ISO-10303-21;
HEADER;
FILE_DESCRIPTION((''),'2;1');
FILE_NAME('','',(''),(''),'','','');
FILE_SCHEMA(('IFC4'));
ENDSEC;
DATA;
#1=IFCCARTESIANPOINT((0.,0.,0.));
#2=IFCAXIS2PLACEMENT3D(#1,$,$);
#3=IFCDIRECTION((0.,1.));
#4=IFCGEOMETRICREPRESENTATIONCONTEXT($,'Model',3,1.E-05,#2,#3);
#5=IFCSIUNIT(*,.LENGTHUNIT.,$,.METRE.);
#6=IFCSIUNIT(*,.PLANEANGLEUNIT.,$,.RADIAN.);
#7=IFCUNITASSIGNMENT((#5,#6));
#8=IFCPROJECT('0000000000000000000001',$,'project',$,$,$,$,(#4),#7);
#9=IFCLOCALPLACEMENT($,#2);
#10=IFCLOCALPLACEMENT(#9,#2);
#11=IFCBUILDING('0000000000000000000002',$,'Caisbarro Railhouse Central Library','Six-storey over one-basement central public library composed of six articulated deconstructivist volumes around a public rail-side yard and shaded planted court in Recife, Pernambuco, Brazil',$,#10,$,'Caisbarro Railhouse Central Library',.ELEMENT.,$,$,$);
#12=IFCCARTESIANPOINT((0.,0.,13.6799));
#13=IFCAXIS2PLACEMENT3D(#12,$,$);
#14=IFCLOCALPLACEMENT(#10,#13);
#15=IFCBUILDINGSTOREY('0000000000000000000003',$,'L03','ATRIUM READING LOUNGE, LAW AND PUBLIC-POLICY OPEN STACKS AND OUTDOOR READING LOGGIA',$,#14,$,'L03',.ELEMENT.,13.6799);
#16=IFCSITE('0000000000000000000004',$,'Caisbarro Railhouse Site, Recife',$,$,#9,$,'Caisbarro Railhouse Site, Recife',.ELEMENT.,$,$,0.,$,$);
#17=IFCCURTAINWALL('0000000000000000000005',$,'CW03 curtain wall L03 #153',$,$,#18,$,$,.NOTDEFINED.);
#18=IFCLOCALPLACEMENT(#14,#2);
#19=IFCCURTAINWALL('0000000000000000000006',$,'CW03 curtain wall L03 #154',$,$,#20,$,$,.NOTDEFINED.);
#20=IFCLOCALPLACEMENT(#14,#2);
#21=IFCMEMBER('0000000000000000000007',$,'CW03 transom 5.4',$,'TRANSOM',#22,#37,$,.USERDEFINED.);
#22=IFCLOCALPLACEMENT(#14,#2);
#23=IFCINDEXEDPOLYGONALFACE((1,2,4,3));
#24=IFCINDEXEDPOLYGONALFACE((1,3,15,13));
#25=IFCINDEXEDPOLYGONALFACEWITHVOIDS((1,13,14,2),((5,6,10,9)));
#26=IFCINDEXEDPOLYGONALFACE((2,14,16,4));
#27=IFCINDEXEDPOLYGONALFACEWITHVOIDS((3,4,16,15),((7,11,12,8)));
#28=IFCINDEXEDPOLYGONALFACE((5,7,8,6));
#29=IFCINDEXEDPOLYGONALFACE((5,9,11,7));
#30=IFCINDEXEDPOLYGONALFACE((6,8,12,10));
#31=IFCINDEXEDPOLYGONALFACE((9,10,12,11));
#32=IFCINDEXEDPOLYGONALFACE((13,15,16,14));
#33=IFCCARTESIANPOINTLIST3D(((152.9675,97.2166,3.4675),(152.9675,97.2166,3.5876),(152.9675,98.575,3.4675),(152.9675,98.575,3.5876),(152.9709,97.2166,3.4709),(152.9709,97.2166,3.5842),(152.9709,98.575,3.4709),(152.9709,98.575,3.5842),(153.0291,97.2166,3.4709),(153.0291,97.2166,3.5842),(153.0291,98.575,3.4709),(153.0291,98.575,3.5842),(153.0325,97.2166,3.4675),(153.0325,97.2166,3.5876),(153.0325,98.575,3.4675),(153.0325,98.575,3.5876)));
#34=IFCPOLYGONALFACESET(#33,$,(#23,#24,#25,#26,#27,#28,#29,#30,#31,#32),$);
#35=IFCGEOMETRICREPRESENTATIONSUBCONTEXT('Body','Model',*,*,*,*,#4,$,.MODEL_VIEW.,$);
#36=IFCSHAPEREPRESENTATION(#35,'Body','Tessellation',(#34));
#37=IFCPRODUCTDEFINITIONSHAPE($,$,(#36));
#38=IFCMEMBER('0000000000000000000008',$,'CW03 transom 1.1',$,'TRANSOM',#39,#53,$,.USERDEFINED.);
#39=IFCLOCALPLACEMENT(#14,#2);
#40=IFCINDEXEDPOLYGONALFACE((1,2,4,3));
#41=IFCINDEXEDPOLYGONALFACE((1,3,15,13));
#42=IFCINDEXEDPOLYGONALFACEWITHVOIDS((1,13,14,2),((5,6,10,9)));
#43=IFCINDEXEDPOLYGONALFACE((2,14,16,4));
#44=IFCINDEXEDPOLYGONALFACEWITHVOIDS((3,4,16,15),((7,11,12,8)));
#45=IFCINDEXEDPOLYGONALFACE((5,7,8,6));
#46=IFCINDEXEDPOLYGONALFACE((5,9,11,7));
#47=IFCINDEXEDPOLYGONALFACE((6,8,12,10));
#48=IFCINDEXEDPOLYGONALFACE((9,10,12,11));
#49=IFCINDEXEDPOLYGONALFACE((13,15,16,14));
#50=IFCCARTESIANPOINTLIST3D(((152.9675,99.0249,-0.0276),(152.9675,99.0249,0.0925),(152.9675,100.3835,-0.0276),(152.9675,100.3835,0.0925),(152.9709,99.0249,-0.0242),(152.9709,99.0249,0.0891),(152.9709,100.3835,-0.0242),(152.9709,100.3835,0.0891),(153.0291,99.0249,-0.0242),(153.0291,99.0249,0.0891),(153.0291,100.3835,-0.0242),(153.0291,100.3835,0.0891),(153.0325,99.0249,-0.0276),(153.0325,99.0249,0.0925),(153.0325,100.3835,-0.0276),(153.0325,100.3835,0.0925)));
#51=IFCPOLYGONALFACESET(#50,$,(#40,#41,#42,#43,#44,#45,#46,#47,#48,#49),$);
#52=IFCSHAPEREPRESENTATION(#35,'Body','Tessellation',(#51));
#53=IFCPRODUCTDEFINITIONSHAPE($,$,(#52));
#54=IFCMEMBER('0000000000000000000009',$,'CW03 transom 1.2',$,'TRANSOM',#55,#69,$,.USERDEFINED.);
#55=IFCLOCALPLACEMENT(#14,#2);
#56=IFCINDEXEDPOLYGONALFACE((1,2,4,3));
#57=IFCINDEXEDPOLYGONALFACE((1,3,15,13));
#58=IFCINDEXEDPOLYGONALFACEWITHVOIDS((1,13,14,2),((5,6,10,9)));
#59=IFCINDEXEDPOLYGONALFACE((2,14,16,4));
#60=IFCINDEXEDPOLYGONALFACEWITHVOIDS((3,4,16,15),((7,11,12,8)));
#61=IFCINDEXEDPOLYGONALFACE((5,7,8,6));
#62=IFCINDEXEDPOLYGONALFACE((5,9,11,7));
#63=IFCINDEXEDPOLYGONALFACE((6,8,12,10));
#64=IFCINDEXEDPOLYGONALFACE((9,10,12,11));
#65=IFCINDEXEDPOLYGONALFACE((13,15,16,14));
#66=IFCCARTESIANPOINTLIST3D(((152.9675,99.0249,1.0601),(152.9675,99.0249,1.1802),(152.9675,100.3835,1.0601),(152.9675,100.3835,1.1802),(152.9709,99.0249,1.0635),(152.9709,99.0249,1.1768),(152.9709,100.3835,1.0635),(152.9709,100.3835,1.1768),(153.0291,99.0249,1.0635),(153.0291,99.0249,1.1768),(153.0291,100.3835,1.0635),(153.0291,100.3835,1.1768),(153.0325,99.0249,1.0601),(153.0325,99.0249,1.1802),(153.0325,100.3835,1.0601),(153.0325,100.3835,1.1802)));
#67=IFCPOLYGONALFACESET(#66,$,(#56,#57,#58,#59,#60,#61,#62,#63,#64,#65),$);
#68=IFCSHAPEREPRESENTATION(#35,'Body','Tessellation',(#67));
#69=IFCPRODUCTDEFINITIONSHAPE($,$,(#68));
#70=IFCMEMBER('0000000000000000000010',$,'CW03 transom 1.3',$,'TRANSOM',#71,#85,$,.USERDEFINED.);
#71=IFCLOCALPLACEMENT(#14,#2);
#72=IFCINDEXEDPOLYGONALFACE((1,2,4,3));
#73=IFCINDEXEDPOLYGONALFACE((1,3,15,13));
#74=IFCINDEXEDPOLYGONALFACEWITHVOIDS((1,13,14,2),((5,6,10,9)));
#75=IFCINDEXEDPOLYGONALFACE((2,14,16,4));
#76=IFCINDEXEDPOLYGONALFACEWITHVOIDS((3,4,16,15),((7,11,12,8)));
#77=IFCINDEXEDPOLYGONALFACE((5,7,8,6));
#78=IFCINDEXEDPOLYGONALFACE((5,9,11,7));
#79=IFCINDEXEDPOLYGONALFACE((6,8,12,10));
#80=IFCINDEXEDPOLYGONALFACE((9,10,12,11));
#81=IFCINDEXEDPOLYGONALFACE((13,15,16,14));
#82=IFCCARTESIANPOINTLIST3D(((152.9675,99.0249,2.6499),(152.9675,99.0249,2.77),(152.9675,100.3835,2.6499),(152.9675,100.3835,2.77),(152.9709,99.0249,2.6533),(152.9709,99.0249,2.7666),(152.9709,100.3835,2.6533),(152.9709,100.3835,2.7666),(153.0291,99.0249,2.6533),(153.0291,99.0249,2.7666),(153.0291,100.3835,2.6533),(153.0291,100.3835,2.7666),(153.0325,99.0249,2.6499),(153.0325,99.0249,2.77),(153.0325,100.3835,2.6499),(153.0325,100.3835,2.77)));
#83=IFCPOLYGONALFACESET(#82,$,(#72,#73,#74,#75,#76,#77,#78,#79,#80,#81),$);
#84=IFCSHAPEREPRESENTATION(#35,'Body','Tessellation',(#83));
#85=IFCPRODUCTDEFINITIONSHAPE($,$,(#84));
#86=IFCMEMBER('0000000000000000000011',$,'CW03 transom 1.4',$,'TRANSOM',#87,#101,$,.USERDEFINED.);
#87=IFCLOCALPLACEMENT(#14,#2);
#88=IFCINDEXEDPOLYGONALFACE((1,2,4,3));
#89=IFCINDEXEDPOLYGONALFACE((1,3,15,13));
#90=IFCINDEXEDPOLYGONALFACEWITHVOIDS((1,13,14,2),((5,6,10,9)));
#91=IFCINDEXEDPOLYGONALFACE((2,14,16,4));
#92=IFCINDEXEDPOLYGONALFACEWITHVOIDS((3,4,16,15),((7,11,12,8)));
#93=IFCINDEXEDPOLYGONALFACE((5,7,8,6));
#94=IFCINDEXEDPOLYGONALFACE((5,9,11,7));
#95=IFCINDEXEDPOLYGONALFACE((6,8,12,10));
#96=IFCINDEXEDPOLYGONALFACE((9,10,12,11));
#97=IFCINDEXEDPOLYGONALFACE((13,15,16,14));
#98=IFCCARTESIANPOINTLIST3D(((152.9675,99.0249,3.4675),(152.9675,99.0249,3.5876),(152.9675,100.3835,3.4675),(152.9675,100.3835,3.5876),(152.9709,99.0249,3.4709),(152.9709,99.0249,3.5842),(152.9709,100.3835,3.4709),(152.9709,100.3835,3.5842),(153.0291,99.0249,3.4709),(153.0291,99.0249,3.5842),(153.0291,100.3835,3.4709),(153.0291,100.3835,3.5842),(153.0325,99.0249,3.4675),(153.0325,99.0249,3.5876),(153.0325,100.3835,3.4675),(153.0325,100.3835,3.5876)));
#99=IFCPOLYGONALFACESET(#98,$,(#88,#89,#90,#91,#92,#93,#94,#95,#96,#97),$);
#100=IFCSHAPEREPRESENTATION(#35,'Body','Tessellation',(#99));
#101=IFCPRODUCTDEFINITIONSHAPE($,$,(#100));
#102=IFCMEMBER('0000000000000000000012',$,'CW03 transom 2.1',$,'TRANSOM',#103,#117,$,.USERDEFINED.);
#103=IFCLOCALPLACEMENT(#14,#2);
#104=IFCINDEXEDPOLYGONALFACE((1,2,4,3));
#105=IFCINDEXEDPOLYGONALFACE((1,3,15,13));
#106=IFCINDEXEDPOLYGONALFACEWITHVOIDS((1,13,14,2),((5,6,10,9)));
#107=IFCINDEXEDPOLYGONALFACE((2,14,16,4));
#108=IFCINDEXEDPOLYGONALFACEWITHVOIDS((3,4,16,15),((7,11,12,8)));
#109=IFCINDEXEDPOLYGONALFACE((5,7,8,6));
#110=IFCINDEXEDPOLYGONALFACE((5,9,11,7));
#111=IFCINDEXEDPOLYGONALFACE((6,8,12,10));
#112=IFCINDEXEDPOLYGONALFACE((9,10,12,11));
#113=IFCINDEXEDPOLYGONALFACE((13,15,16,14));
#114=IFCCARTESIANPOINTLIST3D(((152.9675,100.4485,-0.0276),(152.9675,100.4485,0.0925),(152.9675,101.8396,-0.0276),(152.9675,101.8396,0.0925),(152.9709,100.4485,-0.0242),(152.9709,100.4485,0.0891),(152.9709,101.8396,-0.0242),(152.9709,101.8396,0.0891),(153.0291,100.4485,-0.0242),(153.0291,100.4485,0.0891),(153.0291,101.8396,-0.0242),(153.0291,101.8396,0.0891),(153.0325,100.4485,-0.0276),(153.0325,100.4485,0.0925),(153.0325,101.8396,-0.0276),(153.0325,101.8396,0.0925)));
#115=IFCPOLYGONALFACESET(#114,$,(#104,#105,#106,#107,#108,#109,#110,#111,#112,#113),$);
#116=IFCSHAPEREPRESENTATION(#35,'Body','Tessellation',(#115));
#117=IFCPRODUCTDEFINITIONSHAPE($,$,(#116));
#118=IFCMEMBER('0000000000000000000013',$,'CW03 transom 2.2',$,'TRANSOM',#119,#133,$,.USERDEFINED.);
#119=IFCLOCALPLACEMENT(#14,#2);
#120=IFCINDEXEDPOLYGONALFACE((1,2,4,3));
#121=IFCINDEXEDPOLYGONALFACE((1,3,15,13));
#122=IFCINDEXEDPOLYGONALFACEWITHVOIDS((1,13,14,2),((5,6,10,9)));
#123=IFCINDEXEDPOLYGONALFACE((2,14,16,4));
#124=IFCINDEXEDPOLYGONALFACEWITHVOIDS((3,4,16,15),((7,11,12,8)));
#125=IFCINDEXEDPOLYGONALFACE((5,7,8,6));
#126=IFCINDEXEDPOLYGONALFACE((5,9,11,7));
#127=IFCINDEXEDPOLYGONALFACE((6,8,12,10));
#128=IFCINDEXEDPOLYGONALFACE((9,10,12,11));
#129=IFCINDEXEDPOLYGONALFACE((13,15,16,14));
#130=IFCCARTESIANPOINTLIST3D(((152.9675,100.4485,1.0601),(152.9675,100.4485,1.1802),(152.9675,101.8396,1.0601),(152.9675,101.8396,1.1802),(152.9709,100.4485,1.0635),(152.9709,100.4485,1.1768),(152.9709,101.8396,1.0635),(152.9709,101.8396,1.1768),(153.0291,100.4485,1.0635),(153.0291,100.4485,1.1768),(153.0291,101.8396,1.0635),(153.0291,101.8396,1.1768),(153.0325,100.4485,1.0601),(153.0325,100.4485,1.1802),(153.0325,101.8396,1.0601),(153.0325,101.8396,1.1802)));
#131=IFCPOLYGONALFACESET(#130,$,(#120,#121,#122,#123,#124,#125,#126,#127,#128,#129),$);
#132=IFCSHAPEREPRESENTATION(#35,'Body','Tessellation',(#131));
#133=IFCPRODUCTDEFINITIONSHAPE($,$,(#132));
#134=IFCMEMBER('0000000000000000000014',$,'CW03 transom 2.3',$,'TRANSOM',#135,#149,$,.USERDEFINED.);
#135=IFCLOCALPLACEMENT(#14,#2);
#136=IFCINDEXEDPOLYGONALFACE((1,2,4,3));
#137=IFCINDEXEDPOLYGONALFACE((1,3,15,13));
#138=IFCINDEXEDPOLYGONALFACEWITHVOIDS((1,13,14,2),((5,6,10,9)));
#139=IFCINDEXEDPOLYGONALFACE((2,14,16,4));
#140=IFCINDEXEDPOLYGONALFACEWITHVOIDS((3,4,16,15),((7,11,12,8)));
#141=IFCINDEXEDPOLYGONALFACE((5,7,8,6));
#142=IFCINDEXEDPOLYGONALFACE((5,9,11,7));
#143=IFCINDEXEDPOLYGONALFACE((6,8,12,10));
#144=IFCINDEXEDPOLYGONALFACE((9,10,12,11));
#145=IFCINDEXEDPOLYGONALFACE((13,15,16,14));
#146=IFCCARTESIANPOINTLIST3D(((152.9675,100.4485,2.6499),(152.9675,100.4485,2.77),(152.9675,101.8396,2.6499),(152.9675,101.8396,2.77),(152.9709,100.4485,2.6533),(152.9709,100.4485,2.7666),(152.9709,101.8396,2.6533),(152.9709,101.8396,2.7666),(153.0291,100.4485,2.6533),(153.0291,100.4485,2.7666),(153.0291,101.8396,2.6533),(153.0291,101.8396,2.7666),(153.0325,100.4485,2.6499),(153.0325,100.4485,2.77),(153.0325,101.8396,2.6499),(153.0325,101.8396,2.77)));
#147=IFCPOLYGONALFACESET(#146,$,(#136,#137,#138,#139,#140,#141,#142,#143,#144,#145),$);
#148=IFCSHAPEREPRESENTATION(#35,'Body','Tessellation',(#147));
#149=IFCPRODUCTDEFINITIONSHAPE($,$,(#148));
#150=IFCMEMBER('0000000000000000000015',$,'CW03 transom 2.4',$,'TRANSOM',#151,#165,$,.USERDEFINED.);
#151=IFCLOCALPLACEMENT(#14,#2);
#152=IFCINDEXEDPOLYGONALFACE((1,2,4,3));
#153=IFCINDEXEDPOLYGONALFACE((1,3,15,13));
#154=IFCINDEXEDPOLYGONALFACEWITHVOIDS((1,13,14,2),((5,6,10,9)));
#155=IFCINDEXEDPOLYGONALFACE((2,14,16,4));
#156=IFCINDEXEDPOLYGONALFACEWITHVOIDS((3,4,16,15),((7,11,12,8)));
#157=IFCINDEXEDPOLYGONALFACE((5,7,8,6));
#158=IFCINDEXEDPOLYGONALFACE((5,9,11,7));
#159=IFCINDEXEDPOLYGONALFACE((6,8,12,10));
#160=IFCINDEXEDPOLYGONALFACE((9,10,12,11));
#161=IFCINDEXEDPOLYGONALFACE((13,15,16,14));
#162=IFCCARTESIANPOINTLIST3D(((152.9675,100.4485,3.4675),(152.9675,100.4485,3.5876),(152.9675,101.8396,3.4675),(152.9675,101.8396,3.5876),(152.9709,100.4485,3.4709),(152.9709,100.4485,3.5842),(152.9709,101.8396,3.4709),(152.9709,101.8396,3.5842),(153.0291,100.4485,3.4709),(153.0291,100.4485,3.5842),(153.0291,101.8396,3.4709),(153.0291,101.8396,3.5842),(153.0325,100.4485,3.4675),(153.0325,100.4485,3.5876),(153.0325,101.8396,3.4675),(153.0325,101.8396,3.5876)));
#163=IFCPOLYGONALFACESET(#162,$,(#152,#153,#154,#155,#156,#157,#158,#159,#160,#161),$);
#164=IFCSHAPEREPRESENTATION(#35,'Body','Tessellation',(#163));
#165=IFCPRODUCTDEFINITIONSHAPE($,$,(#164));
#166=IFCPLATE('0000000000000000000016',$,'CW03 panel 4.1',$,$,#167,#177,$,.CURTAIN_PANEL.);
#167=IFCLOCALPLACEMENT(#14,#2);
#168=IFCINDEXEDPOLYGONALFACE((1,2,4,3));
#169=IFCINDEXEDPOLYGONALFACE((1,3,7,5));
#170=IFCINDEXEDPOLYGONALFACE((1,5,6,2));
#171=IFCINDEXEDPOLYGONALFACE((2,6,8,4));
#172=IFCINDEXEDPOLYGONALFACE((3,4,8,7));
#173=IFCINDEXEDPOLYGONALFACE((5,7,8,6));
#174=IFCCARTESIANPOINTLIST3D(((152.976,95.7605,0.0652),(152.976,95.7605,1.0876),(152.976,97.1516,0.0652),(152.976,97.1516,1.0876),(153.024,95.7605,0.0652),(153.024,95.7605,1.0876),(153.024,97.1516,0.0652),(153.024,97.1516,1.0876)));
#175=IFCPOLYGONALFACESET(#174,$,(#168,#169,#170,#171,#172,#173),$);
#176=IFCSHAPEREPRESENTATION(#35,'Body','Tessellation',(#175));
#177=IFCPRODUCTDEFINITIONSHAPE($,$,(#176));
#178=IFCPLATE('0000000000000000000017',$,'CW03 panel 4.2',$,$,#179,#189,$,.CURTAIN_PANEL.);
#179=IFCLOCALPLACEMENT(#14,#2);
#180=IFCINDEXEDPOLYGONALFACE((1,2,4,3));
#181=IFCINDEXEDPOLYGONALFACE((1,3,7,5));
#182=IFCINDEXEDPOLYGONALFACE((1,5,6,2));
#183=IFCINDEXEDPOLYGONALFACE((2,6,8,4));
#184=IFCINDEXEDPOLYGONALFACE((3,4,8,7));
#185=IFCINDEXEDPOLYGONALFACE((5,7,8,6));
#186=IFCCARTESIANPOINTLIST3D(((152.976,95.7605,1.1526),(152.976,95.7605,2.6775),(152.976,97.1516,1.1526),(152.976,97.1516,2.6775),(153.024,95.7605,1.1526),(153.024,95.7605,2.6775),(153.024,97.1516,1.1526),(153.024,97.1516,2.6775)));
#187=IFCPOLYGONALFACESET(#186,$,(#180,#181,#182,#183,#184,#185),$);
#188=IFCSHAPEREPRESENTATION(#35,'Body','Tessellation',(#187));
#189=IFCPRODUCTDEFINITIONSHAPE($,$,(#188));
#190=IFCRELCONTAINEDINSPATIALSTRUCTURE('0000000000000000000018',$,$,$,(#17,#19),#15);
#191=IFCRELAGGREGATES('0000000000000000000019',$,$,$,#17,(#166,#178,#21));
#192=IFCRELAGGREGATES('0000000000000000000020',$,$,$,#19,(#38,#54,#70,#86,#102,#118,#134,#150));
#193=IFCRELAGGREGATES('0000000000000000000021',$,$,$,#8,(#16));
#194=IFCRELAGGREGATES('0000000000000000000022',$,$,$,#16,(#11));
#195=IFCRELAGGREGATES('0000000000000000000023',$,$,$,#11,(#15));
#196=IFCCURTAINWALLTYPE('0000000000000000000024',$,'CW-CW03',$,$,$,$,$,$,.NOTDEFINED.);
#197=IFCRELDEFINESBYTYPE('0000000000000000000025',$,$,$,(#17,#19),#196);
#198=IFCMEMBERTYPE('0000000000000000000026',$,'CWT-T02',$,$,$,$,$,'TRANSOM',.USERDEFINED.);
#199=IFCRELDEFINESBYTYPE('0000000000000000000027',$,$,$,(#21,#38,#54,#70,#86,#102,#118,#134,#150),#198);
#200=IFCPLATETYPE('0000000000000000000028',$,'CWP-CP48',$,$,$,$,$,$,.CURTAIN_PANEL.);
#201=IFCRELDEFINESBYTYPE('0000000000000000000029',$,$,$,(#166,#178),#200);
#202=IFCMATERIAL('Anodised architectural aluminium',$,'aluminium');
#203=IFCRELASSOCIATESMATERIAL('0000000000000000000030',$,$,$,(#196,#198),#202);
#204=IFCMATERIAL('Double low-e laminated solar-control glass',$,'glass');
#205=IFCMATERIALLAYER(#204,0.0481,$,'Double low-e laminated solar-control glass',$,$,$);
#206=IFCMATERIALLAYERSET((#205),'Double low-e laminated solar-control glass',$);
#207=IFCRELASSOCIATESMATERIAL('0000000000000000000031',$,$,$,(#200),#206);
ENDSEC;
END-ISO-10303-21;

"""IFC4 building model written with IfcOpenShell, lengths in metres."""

from ifc_helpers import new_model, si_unit, direction, frame, origin, origin_2d, place, context, subcontext, project, spatial, rectangle, hollow_rectangle, extrude, material, layer, layer_set, material_profile, profile_set, type_object, element, aggregate, save


model = new_model("IFC4")

# Units and contexts
model_context = context("Model", 3, precision=1e-05, world=origin(), true_north=direction((0.0, 1.0)))
body_context = subcontext(model_context, "Body", "Model", "MODEL_VIEW")
ifc_project = project(units=[si_unit("LENGTHUNIT", "METRE"), si_unit("PLANEANGLEUNIT", "RADIAN")], contexts=[model_context])

# Site, building, storey
site_placement = place(None, origin())
site = spatial("IfcSite", under=ifc_project, at=site_placement, Name="Caisbarro Railhouse Site, Recife", LongName="Caisbarro Railhouse Site, Recife", CompositionType="ELEMENT", RefElevation=0.0)
building_placement = place(site_placement, origin())
building = spatial("IfcBuilding", under=site, at=building_placement, Name="Caisbarro Railhouse Central Library", Description="Six-storey over one-basement central public library composed of six articulated deconstructivist volumes around a public rail-side yard and shaded planted court in Recife, Pernambuco, Brazil", LongName="Caisbarro Railhouse Central Library", CompositionType="ELEMENT")
storey_placement = place(building_placement, frame((0.0, 0.0, 13.6799)))
storey = spatial("IfcBuildingStorey", under=building, at=storey_placement, Name="L03", Description="ATRIUM READING LOUNGE, LAW AND PUBLIC-POLICY OPEN STACKS AND OUTDOOR READING LOGGIA", LongName="L03", CompositionType="ELEMENT", Elevation=13.6799)

# Curtain walls
ifc_material_1 = material(Name="Anodised architectural aluminium", Category="aluminium")
curtain_wall_type = type_object("IfcCurtainWallType", Name="CW-CW03", PredefinedType="NOTDEFINED", material=ifc_material_1)
curtain_wall_1_placement = place(storey_placement, origin())
curtain_wall_1 = element("IfcCurtainWall", 1, at=curtain_wall_1_placement, inside=storey, type_object=curtain_wall_type, Name="CW03 curtain wall L03 #153", PredefinedType="NOTDEFINED")
curtain_wall_2_placement = place(storey_placement, origin())
curtain_wall_2 = element("IfcCurtainWall", 2, at=curtain_wall_2_placement, inside=storey, type_object=curtain_wall_type, Name="CW03 curtain wall L03 #154", PredefinedType="NOTDEFINED")

# Members
ifc_material_profile_1 = material_profile(ifc_material_1, hollow_rectangle(XDim=0.0649, YDim=0.1201, WallThickness=0.0034, at=origin_2d()), Name="ALU-TRN-65X120")
ifc_profile_set_1 = profile_set([ifc_material_profile_1], Name="Anodised architectural aluminium")
member_type_1 = type_object("IfcMemberType", Name="CWT-T02", ElementType="TRANSOM", PredefinedType="USERDEFINED", material=ifc_profile_set_1)
member_1_placement = place(storey_placement, frame((153.0, 97.2166, 3.5276), z_axis=(0.0, 1.0, 0.0), x_axis=(-1.0, 0.0, 0.0)))
member_1 = element("IfcMember", 3, at=member_1_placement, type_object=member_type_1, Name="CW03 transom 5.4", ObjectType="TRANSOM", PredefinedType="USERDEFINED", context=body_context, shape_type="SweptSolid", body=[
    extrude(hollow_rectangle(XDim=0.0649, YDim=0.1201, WallThickness=0.0034, at=origin_2d()), origin(), (0.0, 0.0, 1.0), 1.3584),
])
member_2_placement = place(storey_placement, frame((153.0, 99.0249, 0.0325), z_axis=(0.0, 1.0, 0.0), x_axis=(-1.0, 0.0, 0.0)))
member_2 = element("IfcMember", 4, at=member_2_placement, type_object=member_type_1, Name="CW03 transom 1.1", ObjectType="TRANSOM", PredefinedType="USERDEFINED", context=body_context, shape_type="SweptSolid", body=[
    extrude(hollow_rectangle(XDim=0.0649, YDim=0.1201, WallThickness=0.0034, at=origin_2d()), origin(), (0.0, 0.0, 1.0), 1.3586),
])
member_3_placement = place(storey_placement, frame((153.0, 99.0249, 1.1201), z_axis=(0.0, 1.0, 0.0), x_axis=(-1.0, 0.0, 0.0)))
member_3 = element("IfcMember", 5, at=member_3_placement, type_object=member_type_1, Name="CW03 transom 1.2", ObjectType="TRANSOM", PredefinedType="USERDEFINED", context=body_context, shape_type="SweptSolid", body=[
    extrude(hollow_rectangle(XDim=0.0649, YDim=0.1201, WallThickness=0.0034, at=origin_2d()), origin(), (0.0, 0.0, 1.0), 1.3586),
])
member_4_placement = place(storey_placement, frame((153.0, 99.0249, 2.71), z_axis=(0.0, 1.0, 0.0), x_axis=(-1.0, 0.0, 0.0)))
member_4 = element("IfcMember", 6, at=member_4_placement, type_object=member_type_1, Name="CW03 transom 1.3", ObjectType="TRANSOM", PredefinedType="USERDEFINED", context=body_context, shape_type="SweptSolid", body=[
    extrude(hollow_rectangle(XDim=0.0649, YDim=0.1201, WallThickness=0.0034, at=origin_2d()), origin(), (0.0, 0.0, 1.0), 1.3586),
])
member_5_placement = place(storey_placement, frame((153.0, 99.0249, 3.5276), z_axis=(0.0, 1.0, 0.0), x_axis=(-1.0, 0.0, 0.0)))
member_5 = element("IfcMember", 7, at=member_5_placement, type_object=member_type_1, Name="CW03 transom 1.4", ObjectType="TRANSOM", PredefinedType="USERDEFINED", context=body_context, shape_type="SweptSolid", body=[
    extrude(hollow_rectangle(XDim=0.0649, YDim=0.1201, WallThickness=0.0034, at=origin_2d()), origin(), (0.0, 0.0, 1.0), 1.3586),
])
member_6_placement = place(storey_placement, frame((153.0, 100.4485, 0.0325), z_axis=(0.0, 1.0, 0.0), x_axis=(-1.0, 0.0, 0.0)))
member_6 = element("IfcMember", 8, at=member_6_placement, type_object=member_type_1, Name="CW03 transom 2.1", ObjectType="TRANSOM", PredefinedType="USERDEFINED", context=body_context, shape_type="SweptSolid", body=[
    extrude(hollow_rectangle(XDim=0.0649, YDim=0.1201, WallThickness=0.0034, at=origin_2d()), origin(), (0.0, 0.0, 1.0), 1.3911),
])
member_7_placement = place(storey_placement, frame((153.0, 100.4485, 1.1201), z_axis=(0.0, 1.0, 0.0), x_axis=(-1.0, 0.0, 0.0)))
member_7 = element("IfcMember", 9, at=member_7_placement, type_object=member_type_1, Name="CW03 transom 2.2", ObjectType="TRANSOM", PredefinedType="USERDEFINED", context=body_context, shape_type="SweptSolid", body=[
    extrude(hollow_rectangle(XDim=0.0649, YDim=0.1201, WallThickness=0.0034, at=origin_2d()), origin(), (0.0, 0.0, 1.0), 1.3911),
])
member_8_placement = place(storey_placement, frame((153.0, 100.4485, 2.71), z_axis=(0.0, 1.0, 0.0), x_axis=(-1.0, 0.0, 0.0)))
member_8 = element("IfcMember", 10, at=member_8_placement, type_object=member_type_1, Name="CW03 transom 2.3", ObjectType="TRANSOM", PredefinedType="USERDEFINED", context=body_context, shape_type="SweptSolid", body=[
    extrude(hollow_rectangle(XDim=0.0649, YDim=0.1201, WallThickness=0.0034, at=origin_2d()), origin(), (0.0, 0.0, 1.0), 1.3911),
])
member_9_placement = place(storey_placement, frame((153.0, 100.4485, 3.5276), z_axis=(0.0, 1.0, 0.0), x_axis=(-1.0, 0.0, 0.0)))
member_9 = element("IfcMember", 11, at=member_9_placement, type_object=member_type_1, Name="CW03 transom 2.4", ObjectType="TRANSOM", PredefinedType="USERDEFINED", context=body_context, shape_type="SweptSolid", body=[
    extrude(hollow_rectangle(XDim=0.0649, YDim=0.1201, WallThickness=0.0034, at=origin_2d()), origin(), (0.0, 0.0, 1.0), 1.3911),
])

# Plates
ifc_material_2 = material(Name="Double low-e laminated solar-control glass", Category="glass")
ifc_layer_1 = layer(ifc_material_2, 0.0481, Name="Double low-e laminated solar-control glass")
ifc_layer_set_1 = layer_set([ifc_layer_1], Name="Double low-e laminated solar-control glass")
plate_type_1 = type_object("IfcPlateType", Name="CWP-CP48", PredefinedType="CURTAIN_PANEL", material=ifc_layer_set_1)
plate_1_placement = place(storey_placement, frame((153.0, 96.4561, 0.0652), z_axis=(0.0, 0.0, 1.0), x_axis=(0.0, 1.0, 0.0)))
plate_1 = element("IfcPlate", 12, at=plate_1_placement, type_object=plate_type_1, Name="CW03 panel 4.1", PredefinedType="CURTAIN_PANEL", context=body_context, shape_type="SweptSolid", body=[
    extrude(rectangle(XDim=1.3911, YDim=0.0481, at=origin_2d()), origin(), (0.0, 0.0, 1.0), 1.0225),
])
plate_2_placement = place(storey_placement, frame((153.0, 96.4561, 1.1526), z_axis=(0.0, 0.0, 1.0), x_axis=(0.0, 1.0, 0.0)))
plate_2 = element("IfcPlate", 13, at=plate_2_placement, type_object=plate_type_1, Name="CW03 panel 4.2", PredefinedType="CURTAIN_PANEL", context=body_context, shape_type="SweptSolid", body=[
    extrude(rectangle(XDim=1.3911, YDim=0.0481, at=origin_2d()), origin(), (0.0, 0.0, 1.0), 1.5249),
])
aggregate(curtain_wall_1, [plate_1, plate_2, member_1])
aggregate(curtain_wall_2, [member_2, member_3, member_4, member_5, member_6, member_7, member_8, member_9])

save(model, "model.ifc")
